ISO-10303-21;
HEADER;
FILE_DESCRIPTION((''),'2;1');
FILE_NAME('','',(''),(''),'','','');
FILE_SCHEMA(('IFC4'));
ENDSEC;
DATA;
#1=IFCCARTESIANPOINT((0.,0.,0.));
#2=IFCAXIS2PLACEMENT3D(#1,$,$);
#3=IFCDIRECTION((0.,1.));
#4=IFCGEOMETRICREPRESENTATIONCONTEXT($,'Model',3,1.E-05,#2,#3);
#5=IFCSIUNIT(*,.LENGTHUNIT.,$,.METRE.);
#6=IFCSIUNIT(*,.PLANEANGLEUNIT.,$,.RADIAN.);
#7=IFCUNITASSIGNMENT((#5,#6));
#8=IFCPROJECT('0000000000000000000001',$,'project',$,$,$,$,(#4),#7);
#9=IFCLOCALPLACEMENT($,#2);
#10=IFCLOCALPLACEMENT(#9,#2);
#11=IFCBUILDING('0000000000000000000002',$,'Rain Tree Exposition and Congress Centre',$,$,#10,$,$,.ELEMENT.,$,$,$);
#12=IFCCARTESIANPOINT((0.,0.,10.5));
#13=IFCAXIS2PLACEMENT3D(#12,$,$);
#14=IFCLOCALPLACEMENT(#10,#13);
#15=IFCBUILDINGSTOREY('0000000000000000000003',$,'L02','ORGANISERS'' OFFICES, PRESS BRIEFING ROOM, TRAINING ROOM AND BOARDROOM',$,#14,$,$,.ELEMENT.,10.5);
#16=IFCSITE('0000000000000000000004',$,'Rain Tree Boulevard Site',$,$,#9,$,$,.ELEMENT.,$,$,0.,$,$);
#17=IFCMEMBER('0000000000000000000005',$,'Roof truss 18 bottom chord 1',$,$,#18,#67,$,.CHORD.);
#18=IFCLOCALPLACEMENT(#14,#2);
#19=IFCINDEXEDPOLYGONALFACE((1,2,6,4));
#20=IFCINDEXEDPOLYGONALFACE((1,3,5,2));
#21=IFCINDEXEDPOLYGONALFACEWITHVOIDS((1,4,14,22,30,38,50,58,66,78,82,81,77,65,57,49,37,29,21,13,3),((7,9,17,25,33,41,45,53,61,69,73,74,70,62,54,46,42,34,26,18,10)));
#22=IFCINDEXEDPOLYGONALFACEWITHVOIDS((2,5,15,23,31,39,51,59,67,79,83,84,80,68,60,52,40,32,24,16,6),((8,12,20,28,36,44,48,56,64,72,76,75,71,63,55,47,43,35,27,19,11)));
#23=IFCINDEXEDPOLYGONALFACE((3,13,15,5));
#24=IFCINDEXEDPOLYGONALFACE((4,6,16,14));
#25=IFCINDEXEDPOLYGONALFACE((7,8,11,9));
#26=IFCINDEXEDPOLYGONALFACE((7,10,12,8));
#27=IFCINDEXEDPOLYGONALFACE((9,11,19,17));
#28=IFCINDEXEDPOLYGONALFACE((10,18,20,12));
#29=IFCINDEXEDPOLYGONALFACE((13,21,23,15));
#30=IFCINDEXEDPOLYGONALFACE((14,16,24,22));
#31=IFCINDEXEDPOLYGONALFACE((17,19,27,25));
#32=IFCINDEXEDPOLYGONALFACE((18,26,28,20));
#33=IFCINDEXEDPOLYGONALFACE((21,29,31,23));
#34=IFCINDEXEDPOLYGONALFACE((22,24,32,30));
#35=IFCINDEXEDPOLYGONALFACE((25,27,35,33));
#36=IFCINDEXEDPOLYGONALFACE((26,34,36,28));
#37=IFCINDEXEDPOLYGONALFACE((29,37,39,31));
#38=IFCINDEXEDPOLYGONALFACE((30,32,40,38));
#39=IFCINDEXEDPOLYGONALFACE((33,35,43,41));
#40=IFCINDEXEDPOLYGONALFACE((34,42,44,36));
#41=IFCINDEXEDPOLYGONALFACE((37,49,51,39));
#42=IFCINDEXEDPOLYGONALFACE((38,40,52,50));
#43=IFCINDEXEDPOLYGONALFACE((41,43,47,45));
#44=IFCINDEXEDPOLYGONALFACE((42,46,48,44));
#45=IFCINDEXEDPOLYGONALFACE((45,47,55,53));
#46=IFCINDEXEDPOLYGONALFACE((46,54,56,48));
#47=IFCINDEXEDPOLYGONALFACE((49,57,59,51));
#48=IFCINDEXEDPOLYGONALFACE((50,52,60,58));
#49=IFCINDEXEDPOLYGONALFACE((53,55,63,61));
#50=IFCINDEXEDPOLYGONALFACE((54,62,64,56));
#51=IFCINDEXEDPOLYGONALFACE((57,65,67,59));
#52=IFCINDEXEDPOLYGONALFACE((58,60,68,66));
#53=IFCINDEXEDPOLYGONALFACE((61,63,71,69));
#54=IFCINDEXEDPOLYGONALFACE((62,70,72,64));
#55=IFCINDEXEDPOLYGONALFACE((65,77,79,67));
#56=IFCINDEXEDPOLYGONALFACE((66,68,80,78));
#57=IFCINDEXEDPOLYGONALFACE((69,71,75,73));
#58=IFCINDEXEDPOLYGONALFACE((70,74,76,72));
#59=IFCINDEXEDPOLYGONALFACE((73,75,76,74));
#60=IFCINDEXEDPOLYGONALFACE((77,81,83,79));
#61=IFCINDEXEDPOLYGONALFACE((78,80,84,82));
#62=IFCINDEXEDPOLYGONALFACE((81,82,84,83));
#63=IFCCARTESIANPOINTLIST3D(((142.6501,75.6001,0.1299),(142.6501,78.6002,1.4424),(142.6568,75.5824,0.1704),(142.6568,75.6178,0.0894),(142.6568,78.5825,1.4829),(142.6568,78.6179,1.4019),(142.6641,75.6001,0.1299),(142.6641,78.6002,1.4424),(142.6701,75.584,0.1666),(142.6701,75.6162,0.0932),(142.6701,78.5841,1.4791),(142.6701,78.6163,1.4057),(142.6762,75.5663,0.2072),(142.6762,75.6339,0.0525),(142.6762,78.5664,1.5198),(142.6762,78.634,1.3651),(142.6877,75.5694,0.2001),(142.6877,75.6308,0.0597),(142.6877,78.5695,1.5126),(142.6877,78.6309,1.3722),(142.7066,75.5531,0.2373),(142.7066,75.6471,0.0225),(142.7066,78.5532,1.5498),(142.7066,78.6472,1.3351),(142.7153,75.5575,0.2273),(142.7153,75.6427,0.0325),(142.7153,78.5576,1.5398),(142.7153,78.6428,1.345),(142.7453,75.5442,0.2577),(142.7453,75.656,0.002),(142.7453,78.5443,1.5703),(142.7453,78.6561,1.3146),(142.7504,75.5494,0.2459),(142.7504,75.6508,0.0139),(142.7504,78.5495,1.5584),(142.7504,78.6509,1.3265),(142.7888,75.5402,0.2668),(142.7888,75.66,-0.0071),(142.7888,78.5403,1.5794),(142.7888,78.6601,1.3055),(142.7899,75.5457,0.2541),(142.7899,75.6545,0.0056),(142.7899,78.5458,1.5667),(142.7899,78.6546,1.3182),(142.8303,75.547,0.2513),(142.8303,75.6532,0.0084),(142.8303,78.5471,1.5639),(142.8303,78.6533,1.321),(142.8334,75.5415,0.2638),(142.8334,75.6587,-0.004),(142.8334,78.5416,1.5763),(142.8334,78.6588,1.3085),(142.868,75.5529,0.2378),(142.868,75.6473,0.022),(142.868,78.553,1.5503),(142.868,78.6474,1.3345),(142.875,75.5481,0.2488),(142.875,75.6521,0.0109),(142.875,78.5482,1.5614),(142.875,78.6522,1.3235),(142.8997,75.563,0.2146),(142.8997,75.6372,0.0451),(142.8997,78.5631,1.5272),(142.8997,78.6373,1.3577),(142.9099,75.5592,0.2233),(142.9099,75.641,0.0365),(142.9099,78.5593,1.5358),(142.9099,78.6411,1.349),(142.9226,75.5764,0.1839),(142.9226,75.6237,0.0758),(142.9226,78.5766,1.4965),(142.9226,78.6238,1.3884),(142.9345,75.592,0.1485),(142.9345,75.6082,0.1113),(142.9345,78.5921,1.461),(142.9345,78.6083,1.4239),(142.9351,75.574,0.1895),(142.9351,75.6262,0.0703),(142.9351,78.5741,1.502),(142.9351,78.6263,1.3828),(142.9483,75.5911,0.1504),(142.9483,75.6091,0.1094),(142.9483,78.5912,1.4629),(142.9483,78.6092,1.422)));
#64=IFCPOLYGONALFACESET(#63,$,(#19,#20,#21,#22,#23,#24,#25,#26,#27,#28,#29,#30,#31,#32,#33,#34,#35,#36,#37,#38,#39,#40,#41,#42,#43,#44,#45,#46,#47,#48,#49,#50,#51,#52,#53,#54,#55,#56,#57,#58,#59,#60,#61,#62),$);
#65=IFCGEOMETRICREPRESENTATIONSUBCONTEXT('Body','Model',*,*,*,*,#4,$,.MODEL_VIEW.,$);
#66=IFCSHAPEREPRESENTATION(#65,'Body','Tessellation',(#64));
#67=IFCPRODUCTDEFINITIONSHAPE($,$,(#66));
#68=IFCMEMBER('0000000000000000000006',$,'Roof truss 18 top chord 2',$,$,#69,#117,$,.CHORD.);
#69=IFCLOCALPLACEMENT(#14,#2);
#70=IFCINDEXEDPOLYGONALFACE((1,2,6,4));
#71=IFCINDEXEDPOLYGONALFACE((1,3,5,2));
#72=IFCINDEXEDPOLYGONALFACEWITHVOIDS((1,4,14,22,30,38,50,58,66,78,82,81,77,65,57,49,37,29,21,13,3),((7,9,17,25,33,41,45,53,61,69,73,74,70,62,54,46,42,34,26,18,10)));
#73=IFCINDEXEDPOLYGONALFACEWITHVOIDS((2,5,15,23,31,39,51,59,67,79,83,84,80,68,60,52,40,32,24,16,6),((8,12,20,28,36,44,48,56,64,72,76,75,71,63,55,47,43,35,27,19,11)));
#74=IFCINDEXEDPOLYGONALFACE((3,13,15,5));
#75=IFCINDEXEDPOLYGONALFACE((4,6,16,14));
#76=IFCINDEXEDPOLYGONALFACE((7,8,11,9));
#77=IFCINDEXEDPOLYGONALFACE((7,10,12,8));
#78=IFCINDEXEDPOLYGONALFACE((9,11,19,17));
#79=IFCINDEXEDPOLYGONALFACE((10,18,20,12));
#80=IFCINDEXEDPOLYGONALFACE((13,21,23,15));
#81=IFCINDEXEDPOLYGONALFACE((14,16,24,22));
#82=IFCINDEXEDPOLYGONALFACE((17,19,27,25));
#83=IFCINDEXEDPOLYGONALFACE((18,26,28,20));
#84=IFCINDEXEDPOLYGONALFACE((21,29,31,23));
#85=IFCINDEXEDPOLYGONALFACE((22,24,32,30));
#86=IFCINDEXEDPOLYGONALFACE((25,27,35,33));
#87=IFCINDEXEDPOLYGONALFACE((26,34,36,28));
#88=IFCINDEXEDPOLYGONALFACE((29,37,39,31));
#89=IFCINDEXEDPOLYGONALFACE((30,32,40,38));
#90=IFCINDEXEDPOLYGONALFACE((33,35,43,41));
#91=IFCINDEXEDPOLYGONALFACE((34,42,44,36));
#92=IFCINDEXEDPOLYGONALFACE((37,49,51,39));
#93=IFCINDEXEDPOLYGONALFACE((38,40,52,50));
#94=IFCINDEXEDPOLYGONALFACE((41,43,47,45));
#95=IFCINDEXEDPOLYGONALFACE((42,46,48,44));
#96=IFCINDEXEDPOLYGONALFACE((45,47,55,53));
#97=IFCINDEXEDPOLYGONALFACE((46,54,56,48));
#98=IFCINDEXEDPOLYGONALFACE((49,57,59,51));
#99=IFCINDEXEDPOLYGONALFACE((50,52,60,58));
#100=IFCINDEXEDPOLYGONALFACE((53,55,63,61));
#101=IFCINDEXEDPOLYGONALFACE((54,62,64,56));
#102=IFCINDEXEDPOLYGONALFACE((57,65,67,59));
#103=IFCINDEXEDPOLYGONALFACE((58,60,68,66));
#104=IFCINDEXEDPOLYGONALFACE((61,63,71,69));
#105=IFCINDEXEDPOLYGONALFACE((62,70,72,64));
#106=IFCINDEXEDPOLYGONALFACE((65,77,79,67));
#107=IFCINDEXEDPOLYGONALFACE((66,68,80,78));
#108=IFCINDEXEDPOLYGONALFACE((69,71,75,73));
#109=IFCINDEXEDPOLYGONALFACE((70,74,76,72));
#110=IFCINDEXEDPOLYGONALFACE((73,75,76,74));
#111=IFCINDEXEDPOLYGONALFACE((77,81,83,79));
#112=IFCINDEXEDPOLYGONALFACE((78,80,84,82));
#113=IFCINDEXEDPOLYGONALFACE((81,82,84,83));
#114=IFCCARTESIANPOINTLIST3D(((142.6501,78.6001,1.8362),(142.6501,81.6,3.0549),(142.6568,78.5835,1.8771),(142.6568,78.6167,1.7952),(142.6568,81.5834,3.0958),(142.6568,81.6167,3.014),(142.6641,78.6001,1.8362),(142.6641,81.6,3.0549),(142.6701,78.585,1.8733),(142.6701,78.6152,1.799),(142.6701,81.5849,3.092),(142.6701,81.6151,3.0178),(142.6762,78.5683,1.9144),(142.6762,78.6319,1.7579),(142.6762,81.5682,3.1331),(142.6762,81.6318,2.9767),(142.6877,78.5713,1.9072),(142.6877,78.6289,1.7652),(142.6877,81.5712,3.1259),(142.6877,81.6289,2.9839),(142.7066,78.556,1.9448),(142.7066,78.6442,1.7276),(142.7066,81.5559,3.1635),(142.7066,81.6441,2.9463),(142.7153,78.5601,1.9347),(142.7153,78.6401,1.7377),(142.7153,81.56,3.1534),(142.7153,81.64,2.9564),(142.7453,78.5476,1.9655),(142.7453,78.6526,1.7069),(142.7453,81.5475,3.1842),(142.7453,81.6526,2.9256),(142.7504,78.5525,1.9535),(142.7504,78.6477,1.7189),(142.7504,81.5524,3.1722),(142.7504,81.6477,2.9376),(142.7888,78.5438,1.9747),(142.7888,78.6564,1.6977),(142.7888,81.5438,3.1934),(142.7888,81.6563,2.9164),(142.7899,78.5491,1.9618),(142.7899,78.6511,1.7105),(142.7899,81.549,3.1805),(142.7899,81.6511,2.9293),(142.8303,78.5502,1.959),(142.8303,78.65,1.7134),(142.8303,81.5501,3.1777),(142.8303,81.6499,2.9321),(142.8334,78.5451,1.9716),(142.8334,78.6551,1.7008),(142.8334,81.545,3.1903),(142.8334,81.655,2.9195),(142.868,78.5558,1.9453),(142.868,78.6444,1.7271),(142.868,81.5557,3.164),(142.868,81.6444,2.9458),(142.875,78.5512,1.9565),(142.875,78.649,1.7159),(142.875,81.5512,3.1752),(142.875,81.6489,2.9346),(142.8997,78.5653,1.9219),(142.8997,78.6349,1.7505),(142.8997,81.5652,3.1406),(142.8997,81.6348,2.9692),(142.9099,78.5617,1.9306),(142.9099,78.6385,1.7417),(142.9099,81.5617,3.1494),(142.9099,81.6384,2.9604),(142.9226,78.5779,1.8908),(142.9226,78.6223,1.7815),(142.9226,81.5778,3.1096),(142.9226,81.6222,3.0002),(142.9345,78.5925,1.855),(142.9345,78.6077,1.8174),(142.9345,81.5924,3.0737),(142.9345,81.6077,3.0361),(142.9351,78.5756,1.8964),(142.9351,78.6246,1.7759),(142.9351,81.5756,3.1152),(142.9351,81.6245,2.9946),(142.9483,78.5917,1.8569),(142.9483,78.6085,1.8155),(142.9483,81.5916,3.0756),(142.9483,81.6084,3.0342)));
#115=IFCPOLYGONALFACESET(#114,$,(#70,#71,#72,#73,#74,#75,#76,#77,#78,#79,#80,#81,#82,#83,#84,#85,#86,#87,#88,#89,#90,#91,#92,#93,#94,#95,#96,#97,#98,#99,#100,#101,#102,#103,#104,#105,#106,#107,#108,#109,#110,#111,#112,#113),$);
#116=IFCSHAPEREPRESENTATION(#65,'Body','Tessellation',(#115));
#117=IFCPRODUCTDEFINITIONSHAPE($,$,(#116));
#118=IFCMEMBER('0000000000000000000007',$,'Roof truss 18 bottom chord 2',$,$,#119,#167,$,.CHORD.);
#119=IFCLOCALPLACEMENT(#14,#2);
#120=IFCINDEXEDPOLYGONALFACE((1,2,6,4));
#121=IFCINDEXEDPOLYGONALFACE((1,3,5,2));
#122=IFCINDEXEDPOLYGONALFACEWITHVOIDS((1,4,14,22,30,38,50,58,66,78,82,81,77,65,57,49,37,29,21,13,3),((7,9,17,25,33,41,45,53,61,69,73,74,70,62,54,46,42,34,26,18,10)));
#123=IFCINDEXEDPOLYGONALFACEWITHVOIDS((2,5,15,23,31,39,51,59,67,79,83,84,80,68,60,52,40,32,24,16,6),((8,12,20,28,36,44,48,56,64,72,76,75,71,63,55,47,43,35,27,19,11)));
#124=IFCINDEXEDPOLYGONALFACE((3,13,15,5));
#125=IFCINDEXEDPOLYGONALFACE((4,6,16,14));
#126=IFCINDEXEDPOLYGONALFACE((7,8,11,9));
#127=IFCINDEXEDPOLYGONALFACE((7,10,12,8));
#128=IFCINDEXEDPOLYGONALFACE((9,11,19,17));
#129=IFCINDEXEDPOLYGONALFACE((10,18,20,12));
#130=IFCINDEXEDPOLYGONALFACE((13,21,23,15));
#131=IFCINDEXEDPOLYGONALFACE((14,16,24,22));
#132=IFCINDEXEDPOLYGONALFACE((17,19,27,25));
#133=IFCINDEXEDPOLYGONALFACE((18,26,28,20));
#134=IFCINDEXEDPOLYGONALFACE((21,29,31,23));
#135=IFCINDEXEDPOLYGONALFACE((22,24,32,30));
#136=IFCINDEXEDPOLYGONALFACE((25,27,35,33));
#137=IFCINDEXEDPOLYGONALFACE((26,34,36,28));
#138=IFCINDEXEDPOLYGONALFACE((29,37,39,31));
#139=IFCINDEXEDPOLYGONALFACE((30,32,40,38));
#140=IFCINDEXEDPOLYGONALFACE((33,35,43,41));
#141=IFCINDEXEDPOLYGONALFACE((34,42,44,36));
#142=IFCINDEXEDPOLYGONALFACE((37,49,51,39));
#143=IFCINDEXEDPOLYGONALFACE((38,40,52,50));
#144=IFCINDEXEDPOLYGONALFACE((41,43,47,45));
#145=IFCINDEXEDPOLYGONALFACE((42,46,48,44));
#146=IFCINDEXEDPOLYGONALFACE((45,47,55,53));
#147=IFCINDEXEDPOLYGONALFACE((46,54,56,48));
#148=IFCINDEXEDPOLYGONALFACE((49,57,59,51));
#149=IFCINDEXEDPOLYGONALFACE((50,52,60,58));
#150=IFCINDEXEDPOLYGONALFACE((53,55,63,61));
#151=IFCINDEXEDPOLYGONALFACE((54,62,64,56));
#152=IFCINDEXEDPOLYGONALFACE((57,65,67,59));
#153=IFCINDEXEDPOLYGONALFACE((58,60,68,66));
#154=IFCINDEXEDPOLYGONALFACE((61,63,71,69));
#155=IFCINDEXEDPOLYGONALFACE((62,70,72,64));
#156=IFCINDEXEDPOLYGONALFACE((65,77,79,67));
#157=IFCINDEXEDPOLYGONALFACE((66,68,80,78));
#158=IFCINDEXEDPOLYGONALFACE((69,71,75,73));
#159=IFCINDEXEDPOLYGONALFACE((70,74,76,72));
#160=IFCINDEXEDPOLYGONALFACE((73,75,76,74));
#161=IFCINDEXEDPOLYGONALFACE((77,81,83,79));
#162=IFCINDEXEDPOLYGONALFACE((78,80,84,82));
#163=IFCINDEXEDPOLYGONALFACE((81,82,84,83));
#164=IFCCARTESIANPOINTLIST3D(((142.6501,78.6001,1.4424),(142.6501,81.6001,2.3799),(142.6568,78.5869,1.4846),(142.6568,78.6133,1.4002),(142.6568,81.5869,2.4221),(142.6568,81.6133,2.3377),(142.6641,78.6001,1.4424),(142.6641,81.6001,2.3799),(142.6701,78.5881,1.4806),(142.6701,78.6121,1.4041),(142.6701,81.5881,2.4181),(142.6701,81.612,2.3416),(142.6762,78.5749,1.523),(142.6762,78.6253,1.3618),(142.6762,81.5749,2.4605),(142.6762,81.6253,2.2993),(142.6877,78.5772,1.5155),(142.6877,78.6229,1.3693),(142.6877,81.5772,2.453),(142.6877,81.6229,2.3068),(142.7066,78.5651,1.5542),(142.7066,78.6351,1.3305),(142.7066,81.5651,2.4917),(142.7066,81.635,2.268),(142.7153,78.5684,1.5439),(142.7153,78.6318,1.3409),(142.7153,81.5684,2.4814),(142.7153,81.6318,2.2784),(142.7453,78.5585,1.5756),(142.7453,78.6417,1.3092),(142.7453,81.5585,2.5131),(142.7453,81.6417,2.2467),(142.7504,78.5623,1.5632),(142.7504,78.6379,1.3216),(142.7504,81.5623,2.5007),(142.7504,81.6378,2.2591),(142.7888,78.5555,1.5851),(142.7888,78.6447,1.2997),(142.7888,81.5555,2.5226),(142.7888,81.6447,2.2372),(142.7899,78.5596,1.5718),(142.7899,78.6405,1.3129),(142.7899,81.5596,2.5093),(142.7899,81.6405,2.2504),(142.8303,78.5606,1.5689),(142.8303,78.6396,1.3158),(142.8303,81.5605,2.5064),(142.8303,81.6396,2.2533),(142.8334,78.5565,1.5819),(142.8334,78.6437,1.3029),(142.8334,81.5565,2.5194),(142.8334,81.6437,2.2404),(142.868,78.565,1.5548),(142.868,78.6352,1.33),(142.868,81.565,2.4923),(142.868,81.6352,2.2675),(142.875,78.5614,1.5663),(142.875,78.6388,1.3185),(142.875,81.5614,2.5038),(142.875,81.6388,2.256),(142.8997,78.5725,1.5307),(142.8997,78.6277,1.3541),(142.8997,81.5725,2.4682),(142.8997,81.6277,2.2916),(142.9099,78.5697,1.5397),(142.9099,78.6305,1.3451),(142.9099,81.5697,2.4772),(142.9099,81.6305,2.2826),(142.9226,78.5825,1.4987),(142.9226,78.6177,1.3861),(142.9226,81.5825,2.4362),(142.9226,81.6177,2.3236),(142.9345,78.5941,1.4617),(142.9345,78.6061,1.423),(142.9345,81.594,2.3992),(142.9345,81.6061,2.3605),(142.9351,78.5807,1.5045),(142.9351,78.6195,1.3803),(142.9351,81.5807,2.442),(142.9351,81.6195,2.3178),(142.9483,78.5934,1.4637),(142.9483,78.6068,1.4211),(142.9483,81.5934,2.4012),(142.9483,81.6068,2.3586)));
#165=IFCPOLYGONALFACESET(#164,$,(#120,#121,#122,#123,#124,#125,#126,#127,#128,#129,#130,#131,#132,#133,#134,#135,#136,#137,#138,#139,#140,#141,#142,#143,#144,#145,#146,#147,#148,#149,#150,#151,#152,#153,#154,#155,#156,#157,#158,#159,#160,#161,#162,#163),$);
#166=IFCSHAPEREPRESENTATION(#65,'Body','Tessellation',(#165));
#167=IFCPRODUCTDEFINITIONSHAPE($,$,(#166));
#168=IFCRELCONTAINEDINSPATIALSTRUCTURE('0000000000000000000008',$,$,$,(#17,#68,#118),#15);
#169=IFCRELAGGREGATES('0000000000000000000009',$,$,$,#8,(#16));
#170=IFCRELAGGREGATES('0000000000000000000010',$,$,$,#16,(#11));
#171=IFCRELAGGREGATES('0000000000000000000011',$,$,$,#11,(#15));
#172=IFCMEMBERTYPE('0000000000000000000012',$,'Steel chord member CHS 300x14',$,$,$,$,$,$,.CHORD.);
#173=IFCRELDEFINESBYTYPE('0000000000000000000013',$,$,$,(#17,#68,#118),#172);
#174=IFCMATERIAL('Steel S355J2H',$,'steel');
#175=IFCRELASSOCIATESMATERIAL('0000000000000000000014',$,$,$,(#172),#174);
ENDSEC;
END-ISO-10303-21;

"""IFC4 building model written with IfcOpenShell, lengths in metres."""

from ifc_helpers import new_model, si_unit, direction, frame, origin, origin_2d, place, context, subcontext, project, spatial, hollow_circle, extrude, material, material_profile, profile_set, type_object, element, save


model = new_model("IFC4")

# Units and contexts
model_context = context("Model", 3, precision=1e-05, world=origin(), true_north=direction((0.0, 1.0)))
body_context = subcontext(model_context, "Body", "Model", "MODEL_VIEW")
ifc_project = project(units=[si_unit("LENGTHUNIT", "METRE"), si_unit("PLANEANGLEUNIT", "RADIAN")], contexts=[model_context])

# Site, building, storey
site_placement = place(None, origin())
site = spatial("IfcSite", under=ifc_project, at=site_placement, Name="Rain Tree Boulevard Site", CompositionType="ELEMENT", RefElevation=0.0)
building_placement = place(site_placement, origin())
building = spatial("IfcBuilding", under=site, at=building_placement, Name="Rain Tree Exposition and Congress Centre", CompositionType="ELEMENT")
storey_placement = place(building_placement, frame((0.0, 0.0, 10.5)))
storey = spatial("IfcBuildingStorey", under=building, at=storey_placement, Name="L02", Description="ORGANISERS' OFFICES, PRESS BRIEFING ROOM, TRAINING ROOM AND BOARDROOM", CompositionType="ELEMENT", Elevation=10.5)

# Members
ifc_material_1 = material(Name="Steel S355J2H", Category="steel")
ifc_material_profile_1 = material_profile(ifc_material_1, hollow_circle(Radius=0.1499, WallThickness=0.0139, at=origin_2d()), Name="CHS 300x14")
ifc_profile_set_1 = profile_set([ifc_material_profile_1], Name="Steel S355J2H")
member_type_1 = type_object("IfcMemberType", Name="Steel chord member CHS 300x14", PredefinedType="CHORD", material=ifc_profile_set_1)
member_1_placement = place(storey_placement, frame((142.8, 75.6001, 0.1299), z_axis=(0.0, 0.916157, 0.400819), x_axis=(-1.0, 0.0, 0.0)))
element("IfcMember", 1, at=member_1_placement, inside=storey, type_object=member_type_1, Name="Roof truss 18 bottom chord 1", PredefinedType="CHORD", context=body_context, shape_type="SweptSolid", body=[
    extrude(hollow_circle(Radius=0.1499, WallThickness=0.0139, at=origin_2d()), origin(), (0.0, 0.0, 1.0), 3.2747),
])
member_2_placement = place(storey_placement, frame((142.8, 78.6001, 1.8362), z_axis=(0.0, 0.926467, 0.376377), x_axis=(-1.0, 0.0, 0.0)))
element("IfcMember", 2, at=member_2_placement, inside=storey, type_object=member_type_1, Name="Roof truss 18 top chord 2", PredefinedType="CHORD", context=body_context, shape_type="SweptSolid", body=[
    extrude(hollow_circle(Radius=0.1499, WallThickness=0.0139, at=origin_2d()), origin(), (0.0, 0.0, 1.0), 3.238),
])
member_3_placement = place(storey_placement, frame((142.8, 78.6001, 1.4424), z_axis=(0.0, 0.95448, 0.298275), x_axis=(-1.0, 0.0, 0.0)))
element("IfcMember", 3, at=member_3_placement, inside=storey, type_object=member_type_1, Name="Roof truss 18 bottom chord 2", PredefinedType="CHORD", context=body_context, shape_type="SweptSolid", body=[
    extrude(hollow_circle(Radius=0.1499, WallThickness=0.0139, at=origin_2d()), origin(), (0.0, 0.0, 1.0), 3.1431),
])

save(model, "model.ifc")
